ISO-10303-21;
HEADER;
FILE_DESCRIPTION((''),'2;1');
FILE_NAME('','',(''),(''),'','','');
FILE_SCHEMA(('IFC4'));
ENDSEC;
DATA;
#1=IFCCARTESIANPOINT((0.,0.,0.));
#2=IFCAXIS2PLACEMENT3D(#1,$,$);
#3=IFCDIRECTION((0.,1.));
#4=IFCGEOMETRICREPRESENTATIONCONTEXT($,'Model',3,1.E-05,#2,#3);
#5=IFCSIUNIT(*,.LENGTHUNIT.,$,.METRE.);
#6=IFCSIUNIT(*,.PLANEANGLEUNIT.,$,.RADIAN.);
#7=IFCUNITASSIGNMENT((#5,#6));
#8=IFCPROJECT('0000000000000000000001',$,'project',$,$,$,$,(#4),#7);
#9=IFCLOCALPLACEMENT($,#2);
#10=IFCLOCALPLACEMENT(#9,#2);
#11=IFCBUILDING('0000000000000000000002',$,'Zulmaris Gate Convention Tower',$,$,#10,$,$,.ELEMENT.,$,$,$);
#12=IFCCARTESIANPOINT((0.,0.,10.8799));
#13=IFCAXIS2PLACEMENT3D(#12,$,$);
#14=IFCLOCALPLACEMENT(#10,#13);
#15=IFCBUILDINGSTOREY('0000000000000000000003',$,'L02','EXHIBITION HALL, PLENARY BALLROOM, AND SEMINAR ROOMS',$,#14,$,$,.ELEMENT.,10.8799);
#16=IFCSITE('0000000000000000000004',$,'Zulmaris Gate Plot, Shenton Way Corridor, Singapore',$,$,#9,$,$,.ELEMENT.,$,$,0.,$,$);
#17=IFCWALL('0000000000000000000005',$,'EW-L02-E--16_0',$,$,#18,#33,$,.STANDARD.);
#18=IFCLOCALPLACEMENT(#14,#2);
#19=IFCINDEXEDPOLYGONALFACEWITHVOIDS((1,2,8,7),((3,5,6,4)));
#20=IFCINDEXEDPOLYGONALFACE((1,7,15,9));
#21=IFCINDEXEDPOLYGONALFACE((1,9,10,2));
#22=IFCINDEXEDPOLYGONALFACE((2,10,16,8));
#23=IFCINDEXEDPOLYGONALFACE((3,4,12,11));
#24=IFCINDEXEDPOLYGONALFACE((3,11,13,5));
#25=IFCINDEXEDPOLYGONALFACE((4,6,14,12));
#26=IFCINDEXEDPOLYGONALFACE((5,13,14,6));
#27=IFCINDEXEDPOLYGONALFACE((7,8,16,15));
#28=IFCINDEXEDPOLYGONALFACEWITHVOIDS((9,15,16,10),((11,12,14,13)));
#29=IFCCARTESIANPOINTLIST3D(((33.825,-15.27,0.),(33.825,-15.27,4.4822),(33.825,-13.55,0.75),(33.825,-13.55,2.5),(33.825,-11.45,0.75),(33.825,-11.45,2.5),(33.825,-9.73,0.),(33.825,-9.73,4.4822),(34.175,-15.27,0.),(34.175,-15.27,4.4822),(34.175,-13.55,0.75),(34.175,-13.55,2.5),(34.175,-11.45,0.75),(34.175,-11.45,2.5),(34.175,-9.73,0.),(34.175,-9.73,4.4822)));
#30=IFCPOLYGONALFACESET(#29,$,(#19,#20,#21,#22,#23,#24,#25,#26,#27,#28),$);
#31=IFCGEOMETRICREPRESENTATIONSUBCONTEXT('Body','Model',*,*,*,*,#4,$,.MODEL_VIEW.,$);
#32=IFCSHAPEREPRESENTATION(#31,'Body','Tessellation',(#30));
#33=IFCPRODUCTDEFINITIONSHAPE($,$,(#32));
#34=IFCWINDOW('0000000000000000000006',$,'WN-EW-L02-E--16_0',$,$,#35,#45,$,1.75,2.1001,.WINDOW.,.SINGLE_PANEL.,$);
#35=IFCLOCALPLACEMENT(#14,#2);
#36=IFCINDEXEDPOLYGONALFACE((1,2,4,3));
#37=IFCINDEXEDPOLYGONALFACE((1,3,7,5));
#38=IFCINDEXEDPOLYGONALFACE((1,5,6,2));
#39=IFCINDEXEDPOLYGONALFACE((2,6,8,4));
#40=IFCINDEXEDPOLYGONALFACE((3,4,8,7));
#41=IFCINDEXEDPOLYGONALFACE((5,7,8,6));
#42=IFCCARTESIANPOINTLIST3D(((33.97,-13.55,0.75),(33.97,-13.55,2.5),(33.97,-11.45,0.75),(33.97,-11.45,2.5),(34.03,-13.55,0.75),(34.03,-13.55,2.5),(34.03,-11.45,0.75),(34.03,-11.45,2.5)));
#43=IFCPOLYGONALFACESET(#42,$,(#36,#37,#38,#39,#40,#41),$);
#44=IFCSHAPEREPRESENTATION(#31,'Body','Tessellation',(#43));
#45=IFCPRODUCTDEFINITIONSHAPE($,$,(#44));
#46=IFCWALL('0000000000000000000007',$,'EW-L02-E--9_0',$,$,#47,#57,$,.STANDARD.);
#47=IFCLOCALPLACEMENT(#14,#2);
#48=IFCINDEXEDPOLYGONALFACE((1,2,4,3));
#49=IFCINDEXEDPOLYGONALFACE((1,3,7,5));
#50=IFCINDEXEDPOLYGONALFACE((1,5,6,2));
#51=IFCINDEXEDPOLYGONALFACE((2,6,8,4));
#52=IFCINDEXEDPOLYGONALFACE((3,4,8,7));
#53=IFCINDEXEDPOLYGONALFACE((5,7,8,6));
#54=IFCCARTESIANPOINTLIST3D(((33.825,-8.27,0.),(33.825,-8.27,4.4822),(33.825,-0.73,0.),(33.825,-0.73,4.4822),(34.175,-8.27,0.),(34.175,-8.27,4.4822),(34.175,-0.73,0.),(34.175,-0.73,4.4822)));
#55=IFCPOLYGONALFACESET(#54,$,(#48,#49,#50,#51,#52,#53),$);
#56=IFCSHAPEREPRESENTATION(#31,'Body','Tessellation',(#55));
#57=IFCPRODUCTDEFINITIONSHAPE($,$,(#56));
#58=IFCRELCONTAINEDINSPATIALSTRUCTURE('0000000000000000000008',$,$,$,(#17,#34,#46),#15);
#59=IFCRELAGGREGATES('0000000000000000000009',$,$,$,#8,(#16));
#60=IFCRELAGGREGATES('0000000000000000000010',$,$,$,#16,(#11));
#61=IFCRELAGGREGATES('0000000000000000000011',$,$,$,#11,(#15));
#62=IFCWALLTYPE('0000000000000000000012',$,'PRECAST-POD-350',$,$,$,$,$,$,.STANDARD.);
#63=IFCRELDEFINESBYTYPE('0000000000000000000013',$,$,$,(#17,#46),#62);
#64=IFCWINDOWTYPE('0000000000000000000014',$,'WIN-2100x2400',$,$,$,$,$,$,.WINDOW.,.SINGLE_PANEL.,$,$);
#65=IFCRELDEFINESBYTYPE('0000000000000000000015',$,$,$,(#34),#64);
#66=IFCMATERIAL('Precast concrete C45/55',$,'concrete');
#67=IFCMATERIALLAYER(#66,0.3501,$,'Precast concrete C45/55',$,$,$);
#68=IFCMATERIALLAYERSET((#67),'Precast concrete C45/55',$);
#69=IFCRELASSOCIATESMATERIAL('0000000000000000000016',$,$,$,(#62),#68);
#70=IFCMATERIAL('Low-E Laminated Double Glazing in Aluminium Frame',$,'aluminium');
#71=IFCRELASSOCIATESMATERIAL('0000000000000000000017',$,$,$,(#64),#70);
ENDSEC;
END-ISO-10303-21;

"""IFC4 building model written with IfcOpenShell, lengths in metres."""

from ifc_helpers import new_model, si_unit, direction, frame, frame_2d, origin, place, context, subcontext, project, spatial, rectangle, extrude, material, layer, layer_set, type_object, element, fill, save


model = new_model("IFC4")

# Units and contexts
model_context = context("Model", 3, precision=1e-05, world=origin(), true_north=direction((0.0, 1.0)))
body_context = subcontext(model_context, "Body", "Model", "MODEL_VIEW")
ifc_project = project(units=[si_unit("LENGTHUNIT", "METRE"), si_unit("PLANEANGLEUNIT", "RADIAN")], contexts=[model_context])

# Site, building, storey
site_placement = place(None, origin())
site = spatial("IfcSite", under=ifc_project, at=site_placement, Name="Zulmaris Gate Plot, Shenton Way Corridor, Singapore", CompositionType="ELEMENT", RefElevation=0.0)
building_placement = place(site_placement, origin())
building = spatial("IfcBuilding", under=site, at=building_placement, Name="Zulmaris Gate Convention Tower", CompositionType="ELEMENT")
storey_placement = place(building_placement, frame((0.0, 0.0, 10.8799)))
storey = spatial("IfcBuildingStorey", under=building, at=storey_placement, Name="L02", Description="EXHIBITION HALL, PLENARY BALLROOM, AND SEMINAR ROOMS", CompositionType="ELEMENT", Elevation=10.8799)

# Wall, opening, window
ifc_material_1 = material(Name="Precast concrete C45/55", Category="concrete")
ifc_layer_1 = layer(ifc_material_1, 0.3501, Name="Precast concrete C45/55")
ifc_layer_set_1 = layer_set([ifc_layer_1], Name="Precast concrete C45/55")
wall_type_1 = type_object("IfcWallType", Name="PRECAST-POD-350", PredefinedType="STANDARD", material=ifc_layer_set_1)
wall_1_placement = place(storey_placement, frame((34.0, -9.73, 0.0), z_axis=(0.0, 0.0, 1.0), x_axis=(0.0, -1.0, 0.0)))
wall_1 = element("IfcWall", 1, at=wall_1_placement, inside=storey, type_object=wall_type_1, Name="EW-L02-E--16_0", PredefinedType="STANDARD", context=body_context, shape_type="SweptSolid", body=[
    extrude(rectangle(XDim=5.54, YDim=0.3501, at=frame_2d((2.77, 0.0))), origin(), (0.0, 0.0, 1.0), 4.4822),
])
opening_1_placement = place(wall_1_placement, frame((1.72, 0.0, 0.75)))
opening_1 = element("IfcOpeningElement", 2, at=opening_1_placement, cuts=wall_1, PredefinedType="OPENING", context=body_context, shape_type="SweptSolid", body=[
    extrude(rectangle(XDim=2.1001, YDim=1.75, at=frame_2d((1.05, 0.875))), frame((0.0, 0.1851, 0.0), z_axis=(0.0, -1.0, 0.0), x_axis=(1.0, 0.0, 0.0)), (0.0, 0.0, 1.0), 0.3701),
])
ifc_material_2 = material(Name="Low-E Laminated Double Glazing in Aluminium Frame", Category="aluminium")
window_type = type_object("IfcWindowType", Name="WIN-2100x2400", PartitioningType="SINGLE_PANEL", PredefinedType="WINDOW", material=ifc_material_2)
window_placement = place(opening_1_placement, origin())
window = element("IfcWindow", 3, at=window_placement, inside=storey, type_object=window_type, Name="WN-EW-L02-E--16_0", OverallHeight=1.75, OverallWidth=2.1001, PartitioningType="SINGLE_PANEL", PredefinedType="WINDOW", context=body_context, shape_type="SweptSolid", body=[
    extrude(rectangle(XDim=2.1001, YDim=1.75, at=frame_2d((1.05, 0.875))), frame((0.0, 0.03, 0.0), z_axis=(0.0, -1.0, 0.0), x_axis=(1.0, 0.0, 0.0)), (0.0, 0.0, 1.0), 0.0601),
])
fill(opening_1, window)

# Wall
wall_2_placement = place(storey_placement, frame((34.0, -0.73, 0.0), z_axis=(0.0, 0.0, 1.0), x_axis=(0.0, -1.0, 0.0)))
element("IfcWall", 4, at=wall_2_placement, inside=storey, type_object=wall_type_1, Name="EW-L02-E--9_0", PredefinedType="STANDARD", context=body_context, shape_type="SweptSolid", body=[
    extrude(rectangle(XDim=7.54, YDim=0.3501, at=frame_2d((3.77, 0.0))), origin(), (0.0, 0.0, 1.0), 4.4822),
])

save(model, "model.ifc")
